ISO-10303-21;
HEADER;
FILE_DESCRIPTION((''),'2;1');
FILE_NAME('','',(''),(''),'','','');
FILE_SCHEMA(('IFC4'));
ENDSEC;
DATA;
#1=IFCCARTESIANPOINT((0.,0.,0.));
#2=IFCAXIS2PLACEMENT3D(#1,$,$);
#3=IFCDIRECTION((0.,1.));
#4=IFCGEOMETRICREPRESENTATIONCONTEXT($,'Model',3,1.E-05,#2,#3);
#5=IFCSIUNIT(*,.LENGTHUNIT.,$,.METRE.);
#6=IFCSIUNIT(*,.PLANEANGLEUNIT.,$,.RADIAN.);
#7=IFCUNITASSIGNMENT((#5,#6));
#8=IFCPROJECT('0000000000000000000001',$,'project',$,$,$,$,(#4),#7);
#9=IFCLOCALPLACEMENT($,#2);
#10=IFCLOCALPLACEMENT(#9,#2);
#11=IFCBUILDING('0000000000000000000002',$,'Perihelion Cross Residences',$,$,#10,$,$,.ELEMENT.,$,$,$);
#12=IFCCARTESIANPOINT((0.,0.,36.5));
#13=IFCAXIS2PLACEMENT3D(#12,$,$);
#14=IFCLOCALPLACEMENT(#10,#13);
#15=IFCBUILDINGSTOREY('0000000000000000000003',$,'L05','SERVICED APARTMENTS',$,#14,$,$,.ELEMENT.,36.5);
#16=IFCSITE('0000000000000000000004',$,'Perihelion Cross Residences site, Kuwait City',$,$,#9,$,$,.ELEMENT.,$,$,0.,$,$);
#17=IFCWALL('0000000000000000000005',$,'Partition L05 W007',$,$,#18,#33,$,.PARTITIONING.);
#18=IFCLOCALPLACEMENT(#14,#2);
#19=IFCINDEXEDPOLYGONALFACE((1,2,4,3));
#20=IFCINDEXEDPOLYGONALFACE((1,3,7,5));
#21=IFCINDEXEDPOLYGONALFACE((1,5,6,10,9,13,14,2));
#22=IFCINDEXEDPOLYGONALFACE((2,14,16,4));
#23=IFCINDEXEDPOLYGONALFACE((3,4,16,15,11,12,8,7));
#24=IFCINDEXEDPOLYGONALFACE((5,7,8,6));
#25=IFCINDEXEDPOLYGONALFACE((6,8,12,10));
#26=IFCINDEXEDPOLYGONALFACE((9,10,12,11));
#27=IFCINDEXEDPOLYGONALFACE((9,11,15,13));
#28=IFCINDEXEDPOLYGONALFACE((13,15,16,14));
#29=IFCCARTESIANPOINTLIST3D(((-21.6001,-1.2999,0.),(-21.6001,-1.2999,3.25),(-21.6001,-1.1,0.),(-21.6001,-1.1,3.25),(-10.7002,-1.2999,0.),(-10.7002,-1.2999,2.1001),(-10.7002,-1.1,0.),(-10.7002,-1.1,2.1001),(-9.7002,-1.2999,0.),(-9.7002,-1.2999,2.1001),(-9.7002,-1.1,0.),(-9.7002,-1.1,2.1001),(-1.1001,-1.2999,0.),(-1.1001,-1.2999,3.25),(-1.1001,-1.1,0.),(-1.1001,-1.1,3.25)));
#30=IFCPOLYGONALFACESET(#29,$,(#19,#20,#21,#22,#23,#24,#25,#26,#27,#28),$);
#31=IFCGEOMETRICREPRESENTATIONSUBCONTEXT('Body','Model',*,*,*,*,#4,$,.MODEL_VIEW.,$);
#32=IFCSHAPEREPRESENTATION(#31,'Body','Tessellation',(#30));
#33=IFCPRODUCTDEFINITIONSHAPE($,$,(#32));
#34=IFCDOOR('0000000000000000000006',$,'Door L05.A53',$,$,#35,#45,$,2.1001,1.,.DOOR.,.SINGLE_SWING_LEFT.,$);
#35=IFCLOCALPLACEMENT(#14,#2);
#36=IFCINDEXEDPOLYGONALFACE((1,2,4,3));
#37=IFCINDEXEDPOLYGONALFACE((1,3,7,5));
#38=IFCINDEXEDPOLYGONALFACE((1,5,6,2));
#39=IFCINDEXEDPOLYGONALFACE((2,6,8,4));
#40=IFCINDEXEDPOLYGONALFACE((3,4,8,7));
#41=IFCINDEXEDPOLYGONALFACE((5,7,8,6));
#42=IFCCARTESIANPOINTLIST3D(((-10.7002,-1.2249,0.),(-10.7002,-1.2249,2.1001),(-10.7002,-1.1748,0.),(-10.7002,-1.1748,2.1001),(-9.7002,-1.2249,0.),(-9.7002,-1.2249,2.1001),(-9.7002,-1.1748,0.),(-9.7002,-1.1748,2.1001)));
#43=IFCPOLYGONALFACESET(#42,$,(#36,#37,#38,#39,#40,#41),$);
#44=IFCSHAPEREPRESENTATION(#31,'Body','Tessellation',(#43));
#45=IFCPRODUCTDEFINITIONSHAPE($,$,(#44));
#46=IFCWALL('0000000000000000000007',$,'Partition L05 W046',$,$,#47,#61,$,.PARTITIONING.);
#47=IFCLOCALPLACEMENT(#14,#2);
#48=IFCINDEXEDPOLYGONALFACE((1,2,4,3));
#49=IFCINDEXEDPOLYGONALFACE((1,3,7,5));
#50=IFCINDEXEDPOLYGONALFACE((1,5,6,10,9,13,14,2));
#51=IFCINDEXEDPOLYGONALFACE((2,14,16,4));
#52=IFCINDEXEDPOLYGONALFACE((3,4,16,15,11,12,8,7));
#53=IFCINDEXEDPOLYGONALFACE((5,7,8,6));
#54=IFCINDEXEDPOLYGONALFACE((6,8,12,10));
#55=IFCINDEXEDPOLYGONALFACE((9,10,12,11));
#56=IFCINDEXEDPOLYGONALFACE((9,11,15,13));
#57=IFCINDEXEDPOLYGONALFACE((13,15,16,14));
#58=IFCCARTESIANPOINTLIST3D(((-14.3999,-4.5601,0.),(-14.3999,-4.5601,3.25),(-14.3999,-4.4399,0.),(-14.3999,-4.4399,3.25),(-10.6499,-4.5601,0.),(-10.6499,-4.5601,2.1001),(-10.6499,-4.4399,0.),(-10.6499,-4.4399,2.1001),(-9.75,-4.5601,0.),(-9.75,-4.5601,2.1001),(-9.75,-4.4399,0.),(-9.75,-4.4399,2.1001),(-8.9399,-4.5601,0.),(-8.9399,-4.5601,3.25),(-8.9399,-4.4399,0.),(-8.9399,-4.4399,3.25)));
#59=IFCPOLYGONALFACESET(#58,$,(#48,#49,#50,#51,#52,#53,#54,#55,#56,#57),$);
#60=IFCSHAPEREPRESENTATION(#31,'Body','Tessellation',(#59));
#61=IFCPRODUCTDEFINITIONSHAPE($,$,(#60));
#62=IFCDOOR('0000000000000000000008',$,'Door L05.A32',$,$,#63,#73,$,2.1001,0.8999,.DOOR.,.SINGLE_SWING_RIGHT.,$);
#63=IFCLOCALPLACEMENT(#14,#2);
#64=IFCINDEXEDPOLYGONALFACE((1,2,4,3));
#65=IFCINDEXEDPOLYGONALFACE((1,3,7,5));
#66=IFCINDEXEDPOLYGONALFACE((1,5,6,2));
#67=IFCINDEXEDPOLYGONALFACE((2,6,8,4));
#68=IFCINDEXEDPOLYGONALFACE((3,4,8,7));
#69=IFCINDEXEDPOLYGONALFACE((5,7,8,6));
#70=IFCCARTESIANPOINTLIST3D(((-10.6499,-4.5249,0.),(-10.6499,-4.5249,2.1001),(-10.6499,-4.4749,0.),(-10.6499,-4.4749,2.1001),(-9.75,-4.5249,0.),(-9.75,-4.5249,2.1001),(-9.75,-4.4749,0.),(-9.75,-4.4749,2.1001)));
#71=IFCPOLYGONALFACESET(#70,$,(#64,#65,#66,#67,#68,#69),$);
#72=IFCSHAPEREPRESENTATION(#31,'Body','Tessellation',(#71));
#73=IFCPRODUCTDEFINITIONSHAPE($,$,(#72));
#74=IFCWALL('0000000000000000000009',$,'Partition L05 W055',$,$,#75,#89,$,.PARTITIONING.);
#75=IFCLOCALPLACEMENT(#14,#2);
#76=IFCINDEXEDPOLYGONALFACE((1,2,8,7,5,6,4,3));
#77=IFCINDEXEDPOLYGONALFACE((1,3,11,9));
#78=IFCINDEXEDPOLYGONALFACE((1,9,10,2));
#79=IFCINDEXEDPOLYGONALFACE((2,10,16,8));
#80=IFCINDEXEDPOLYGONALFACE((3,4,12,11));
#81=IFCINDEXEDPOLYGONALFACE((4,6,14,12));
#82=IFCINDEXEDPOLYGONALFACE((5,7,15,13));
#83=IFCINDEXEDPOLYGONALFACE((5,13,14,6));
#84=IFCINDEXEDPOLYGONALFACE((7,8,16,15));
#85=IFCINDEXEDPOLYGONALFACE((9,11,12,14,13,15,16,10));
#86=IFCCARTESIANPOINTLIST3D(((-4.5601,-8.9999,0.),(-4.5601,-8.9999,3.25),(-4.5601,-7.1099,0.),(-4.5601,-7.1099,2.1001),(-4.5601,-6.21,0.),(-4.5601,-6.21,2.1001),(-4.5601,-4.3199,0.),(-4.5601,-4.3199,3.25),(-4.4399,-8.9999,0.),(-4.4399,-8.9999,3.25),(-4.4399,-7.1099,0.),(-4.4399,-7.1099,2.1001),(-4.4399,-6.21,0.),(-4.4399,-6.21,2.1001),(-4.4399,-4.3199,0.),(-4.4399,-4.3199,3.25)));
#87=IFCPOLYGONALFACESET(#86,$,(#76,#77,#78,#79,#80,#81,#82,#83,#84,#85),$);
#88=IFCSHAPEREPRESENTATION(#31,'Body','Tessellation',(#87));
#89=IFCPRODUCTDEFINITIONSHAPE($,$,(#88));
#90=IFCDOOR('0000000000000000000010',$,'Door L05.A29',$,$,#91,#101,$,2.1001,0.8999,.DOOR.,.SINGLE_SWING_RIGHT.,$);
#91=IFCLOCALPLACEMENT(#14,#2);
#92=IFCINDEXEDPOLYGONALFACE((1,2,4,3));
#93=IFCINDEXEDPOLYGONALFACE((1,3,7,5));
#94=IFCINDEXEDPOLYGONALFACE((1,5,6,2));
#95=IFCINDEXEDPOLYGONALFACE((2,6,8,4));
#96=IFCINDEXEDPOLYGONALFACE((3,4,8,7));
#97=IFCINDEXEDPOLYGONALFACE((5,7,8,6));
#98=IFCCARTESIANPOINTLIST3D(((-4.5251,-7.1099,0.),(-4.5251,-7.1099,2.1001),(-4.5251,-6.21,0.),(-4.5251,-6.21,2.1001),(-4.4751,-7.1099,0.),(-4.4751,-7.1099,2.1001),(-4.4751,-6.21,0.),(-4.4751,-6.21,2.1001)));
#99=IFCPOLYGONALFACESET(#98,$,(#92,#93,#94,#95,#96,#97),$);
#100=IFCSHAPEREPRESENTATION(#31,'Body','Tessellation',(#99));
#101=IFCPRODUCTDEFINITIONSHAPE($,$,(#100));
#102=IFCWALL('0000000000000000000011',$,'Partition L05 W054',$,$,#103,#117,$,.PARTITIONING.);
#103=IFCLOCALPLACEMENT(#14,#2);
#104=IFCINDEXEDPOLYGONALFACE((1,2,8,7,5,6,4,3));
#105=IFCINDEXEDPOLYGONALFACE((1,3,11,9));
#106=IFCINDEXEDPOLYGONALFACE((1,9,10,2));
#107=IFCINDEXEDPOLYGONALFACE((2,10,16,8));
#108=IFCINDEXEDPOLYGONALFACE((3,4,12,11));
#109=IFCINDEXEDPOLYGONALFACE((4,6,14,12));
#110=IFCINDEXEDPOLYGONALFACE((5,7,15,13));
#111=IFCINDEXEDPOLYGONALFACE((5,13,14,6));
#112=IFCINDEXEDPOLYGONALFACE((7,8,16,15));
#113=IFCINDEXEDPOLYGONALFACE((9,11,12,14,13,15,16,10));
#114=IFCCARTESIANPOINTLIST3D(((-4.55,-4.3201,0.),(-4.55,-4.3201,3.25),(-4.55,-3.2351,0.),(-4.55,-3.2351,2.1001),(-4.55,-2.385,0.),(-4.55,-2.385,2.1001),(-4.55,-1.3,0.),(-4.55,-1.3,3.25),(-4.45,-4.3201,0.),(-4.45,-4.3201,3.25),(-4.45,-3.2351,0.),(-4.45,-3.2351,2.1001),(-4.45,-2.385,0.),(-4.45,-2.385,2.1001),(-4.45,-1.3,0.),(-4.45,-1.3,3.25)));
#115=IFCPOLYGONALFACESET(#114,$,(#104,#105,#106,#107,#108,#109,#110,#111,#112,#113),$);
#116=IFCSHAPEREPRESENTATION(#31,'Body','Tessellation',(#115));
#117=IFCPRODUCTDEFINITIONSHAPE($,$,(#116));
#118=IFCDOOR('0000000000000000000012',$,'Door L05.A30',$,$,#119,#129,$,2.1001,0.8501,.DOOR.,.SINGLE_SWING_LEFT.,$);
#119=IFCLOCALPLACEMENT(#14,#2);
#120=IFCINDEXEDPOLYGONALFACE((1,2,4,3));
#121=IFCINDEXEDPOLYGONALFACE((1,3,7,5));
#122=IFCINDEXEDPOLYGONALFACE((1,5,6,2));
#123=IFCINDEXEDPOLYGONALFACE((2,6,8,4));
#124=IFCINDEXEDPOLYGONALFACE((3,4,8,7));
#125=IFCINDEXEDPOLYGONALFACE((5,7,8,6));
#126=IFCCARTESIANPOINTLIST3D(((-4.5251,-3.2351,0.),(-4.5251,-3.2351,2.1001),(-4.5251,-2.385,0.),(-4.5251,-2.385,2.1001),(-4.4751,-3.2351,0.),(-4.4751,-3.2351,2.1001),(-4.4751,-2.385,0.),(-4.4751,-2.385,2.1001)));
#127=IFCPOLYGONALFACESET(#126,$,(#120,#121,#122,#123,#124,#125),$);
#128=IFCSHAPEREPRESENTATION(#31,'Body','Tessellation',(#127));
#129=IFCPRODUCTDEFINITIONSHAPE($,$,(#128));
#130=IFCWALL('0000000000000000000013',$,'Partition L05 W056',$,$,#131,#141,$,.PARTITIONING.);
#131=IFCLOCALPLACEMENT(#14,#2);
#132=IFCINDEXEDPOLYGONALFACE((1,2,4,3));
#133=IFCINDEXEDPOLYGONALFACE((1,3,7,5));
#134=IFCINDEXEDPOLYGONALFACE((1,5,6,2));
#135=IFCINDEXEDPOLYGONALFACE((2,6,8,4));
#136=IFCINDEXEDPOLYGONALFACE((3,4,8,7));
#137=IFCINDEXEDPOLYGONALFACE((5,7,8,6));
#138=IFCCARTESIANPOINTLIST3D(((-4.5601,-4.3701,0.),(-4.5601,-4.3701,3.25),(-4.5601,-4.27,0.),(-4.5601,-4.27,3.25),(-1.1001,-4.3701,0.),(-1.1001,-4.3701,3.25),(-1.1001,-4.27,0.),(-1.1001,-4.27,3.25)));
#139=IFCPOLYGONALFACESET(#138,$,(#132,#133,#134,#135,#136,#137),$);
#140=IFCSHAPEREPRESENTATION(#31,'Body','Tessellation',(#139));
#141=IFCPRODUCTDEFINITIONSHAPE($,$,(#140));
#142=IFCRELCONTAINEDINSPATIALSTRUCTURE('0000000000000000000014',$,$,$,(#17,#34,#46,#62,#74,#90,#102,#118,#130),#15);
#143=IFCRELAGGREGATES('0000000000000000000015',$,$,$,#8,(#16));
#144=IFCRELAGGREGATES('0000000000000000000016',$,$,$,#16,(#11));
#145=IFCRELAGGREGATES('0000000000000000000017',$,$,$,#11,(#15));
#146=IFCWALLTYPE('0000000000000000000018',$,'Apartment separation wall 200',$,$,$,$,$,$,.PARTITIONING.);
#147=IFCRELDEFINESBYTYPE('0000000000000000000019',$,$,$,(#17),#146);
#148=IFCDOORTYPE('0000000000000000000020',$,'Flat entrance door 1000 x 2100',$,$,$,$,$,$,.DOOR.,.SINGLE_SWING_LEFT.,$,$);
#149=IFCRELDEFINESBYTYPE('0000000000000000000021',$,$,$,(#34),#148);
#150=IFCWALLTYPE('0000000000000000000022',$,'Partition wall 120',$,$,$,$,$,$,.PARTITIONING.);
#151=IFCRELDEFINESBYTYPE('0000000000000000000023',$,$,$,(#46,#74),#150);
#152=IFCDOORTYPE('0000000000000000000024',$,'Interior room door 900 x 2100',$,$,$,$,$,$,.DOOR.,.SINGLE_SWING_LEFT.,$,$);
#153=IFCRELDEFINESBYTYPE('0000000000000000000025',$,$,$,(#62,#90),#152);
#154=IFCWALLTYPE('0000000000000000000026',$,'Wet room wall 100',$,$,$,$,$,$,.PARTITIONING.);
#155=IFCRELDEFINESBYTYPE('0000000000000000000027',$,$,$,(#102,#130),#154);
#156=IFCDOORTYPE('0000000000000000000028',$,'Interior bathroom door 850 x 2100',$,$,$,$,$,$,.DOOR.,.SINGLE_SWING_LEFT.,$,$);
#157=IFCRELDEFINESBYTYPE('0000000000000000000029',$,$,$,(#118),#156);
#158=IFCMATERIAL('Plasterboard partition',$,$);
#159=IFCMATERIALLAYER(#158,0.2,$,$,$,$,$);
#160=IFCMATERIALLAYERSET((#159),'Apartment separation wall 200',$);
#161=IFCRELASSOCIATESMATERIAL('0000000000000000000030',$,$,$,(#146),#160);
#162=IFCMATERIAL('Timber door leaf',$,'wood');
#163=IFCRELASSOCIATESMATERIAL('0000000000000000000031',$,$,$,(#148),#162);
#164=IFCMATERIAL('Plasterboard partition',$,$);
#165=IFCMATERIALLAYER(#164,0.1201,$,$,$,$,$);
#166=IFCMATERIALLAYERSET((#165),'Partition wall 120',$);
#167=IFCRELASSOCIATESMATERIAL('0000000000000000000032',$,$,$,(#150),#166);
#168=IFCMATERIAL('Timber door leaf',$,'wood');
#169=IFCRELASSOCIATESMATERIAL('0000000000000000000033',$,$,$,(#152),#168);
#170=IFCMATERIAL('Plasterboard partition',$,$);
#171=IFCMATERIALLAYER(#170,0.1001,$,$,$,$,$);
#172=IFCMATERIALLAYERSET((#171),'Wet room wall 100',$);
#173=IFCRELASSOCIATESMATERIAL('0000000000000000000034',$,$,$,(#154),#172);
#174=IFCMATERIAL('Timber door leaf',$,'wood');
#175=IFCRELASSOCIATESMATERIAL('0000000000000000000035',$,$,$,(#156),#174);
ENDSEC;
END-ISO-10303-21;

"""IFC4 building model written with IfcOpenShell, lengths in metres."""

from ifc_helpers import new_model, si_unit, direction, frame, frame_2d, origin, place, context, subcontext, project, spatial, rectangle, extrude, material, layer, layer_set, type_object, element, fill, save


model = new_model("IFC4")

# Units and contexts
model_context = context("Model", 3, precision=1e-05, world=origin(), true_north=direction((0.0, 1.0)))
body_context = subcontext(model_context, "Body", "Model", "MODEL_VIEW")
ifc_project = project(units=[si_unit("LENGTHUNIT", "METRE"), si_unit("PLANEANGLEUNIT", "RADIAN")], contexts=[model_context])

# Site, building, storey
site_placement = place(None, origin())
site = spatial("IfcSite", under=ifc_project, at=site_placement, Name="Perihelion Cross Residences site, Kuwait City", CompositionType="ELEMENT", RefElevation=0.0)
building_placement = place(site_placement, origin())
building = spatial("IfcBuilding", under=site, at=building_placement, Name="Perihelion Cross Residences", CompositionType="ELEMENT")
storey_placement = place(building_placement, frame((0.0, 0.0, 36.5)))
storey = spatial("IfcBuildingStorey", under=building, at=storey_placement, Name="L05", Description="SERVICED APARTMENTS", CompositionType="ELEMENT", Elevation=36.5)

# Walls, openings, doors
ifc_material_1 = material(Name="Plasterboard partition")
ifc_layer_1 = layer(ifc_material_1, 0.2)
ifc_layer_set_1 = layer_set([ifc_layer_1], Name="Apartment separation wall 200")
wall_type_1 = type_object("IfcWallType", Name="Apartment separation wall 200", PredefinedType="PARTITIONING", material=ifc_layer_set_1)
wall_1_placement = place(storey_placement, frame((-1.1001, -1.2, 0.0), z_axis=(0.0, 0.0, 1.0), x_axis=(-1.0, 0.0, 0.0)))
wall_1 = element("IfcWall", 1, at=wall_1_placement, inside=storey, type_object=wall_type_1, Name="Partition L05 W007", PredefinedType="PARTITIONING", context=body_context, shape_type="SweptSolid", body=[
    extrude(rectangle(XDim=20.5, YDim=0.2, at=frame_2d((10.25, 0.0))), origin(), (0.0, 0.0, 1.0), 3.25),
])
opening_1_placement = place(wall_1_placement, frame((8.6001, 0.0, 0.0)))
opening_1 = element("IfcOpeningElement", 2, at=opening_1_placement, cuts=wall_1, PredefinedType="OPENING", context=body_context, shape_type="SweptSolid", body=[
    extrude(rectangle(XDim=1.0, YDim=2.1001, at=frame_2d((0.5, 1.05))), frame((0.0, 0.1099, 0.0), z_axis=(0.0, -1.0, 0.0), x_axis=(1.0, 0.0, 0.0)), (0.0, 0.0, 1.0), 0.22),
])
ifc_material_2 = material(Name="Timber door leaf", Category="wood")
door_type_1 = type_object("IfcDoorType", Name="Flat entrance door 1000 x 2100", OperationType="SINGLE_SWING_LEFT", PredefinedType="DOOR", material=ifc_material_2)
door_1_placement = place(opening_1_placement, origin())
door_1 = element("IfcDoor", 3, at=door_1_placement, inside=storey, type_object=door_type_1, Name="Door L05.A53", OperationType="SINGLE_SWING_LEFT", OverallHeight=2.1001, OverallWidth=1.0, PredefinedType="DOOR", context=body_context, shape_type="SweptSolid", body=[
    extrude(rectangle(XDim=1.0, YDim=2.1001, at=frame_2d((0.5, 1.05))), frame((0.0, 0.0249, 0.0), z_axis=(0.0, -1.0, 0.0), x_axis=(1.0, 0.0, 0.0)), (0.0, 0.0, 1.0), 0.05),
])
fill(opening_1, door_1)
ifc_material_3 = material(Name="Plasterboard partition")
ifc_layer_2 = layer(ifc_material_3, 0.1201)
ifc_layer_set_2 = layer_set([ifc_layer_2], Name="Partition wall 120")
wall_type_2 = type_object("IfcWallType", Name="Partition wall 120", PredefinedType="PARTITIONING", material=ifc_layer_set_2)
wall_2_placement = place(storey_placement, frame((-8.9399, -4.5, 0.0), z_axis=(0.0, 0.0, 1.0), x_axis=(-1.0, 0.0, 0.0)))
wall_2 = element("IfcWall", 4, at=wall_2_placement, inside=storey, type_object=wall_type_2, Name="Partition L05 W046", PredefinedType="PARTITIONING", context=body_context, shape_type="SweptSolid", body=[
    extrude(rectangle(XDim=5.46, YDim=0.1201, at=frame_2d((2.73, 0.0))), origin(), (0.0, 0.0, 1.0), 3.25),
])
opening_2_placement = place(wall_2_placement, frame((0.8101, 0.0, 0.0)))
opening_2 = element("IfcOpeningElement", 5, at=opening_2_placement, cuts=wall_2, PredefinedType="OPENING", context=body_context, shape_type="SweptSolid", body=[
    extrude(rectangle(XDim=0.8999, YDim=2.1001, at=frame_2d((0.45, 1.05))), frame((0.0, 0.0701, 0.0), z_axis=(0.0, -1.0, 0.0), x_axis=(1.0, 0.0, 0.0)), (0.0, 0.0, 1.0), 0.1401),
])
ifc_material_4 = material(Name="Timber door leaf", Category="wood")
door_type_2 = type_object("IfcDoorType", Name="Interior room door 900 x 2100", OperationType="SINGLE_SWING_LEFT", PredefinedType="DOOR", material=ifc_material_4)
door_2_placement = place(opening_2_placement, origin())
door_2 = element("IfcDoor", 6, at=door_2_placement, inside=storey, type_object=door_type_2, Name="Door L05.A32", OperationType="SINGLE_SWING_RIGHT", OverallHeight=2.1001, OverallWidth=0.8999, PredefinedType="DOOR", context=body_context, shape_type="SweptSolid", body=[
    extrude(rectangle(XDim=0.8999, YDim=2.1001, at=frame_2d((0.45, 1.05))), frame((0.0, 0.0249, 0.0), z_axis=(0.0, -1.0, 0.0), x_axis=(1.0, 0.0, 0.0)), (0.0, 0.0, 1.0), 0.05),
])
fill(opening_2, door_2)
wall_3_placement = place(storey_placement, frame((-4.5, -4.3201, 0.0), z_axis=(0.0, 0.0, 1.0), x_axis=(0.0, -1.0, 0.0)))
wall_3 = element("IfcWall", 7, at=wall_3_placement, inside=storey, type_object=wall_type_2, Name="Partition L05 W055", PredefinedType="PARTITIONING", context=body_context, shape_type="SweptSolid", body=[
    extrude(rectangle(XDim=4.6799, YDim=0.1201, at=frame_2d((2.3398, 0.0))), origin(), (0.0, 0.0, 1.0), 3.25),
])
opening_3_placement = place(wall_3_placement, frame((1.8899, 0.0, 0.0)))
opening_3 = element("IfcOpeningElement", 8, at=opening_3_placement, cuts=wall_3, PredefinedType="OPENING", context=body_context, shape_type="SweptSolid", body=[
    extrude(rectangle(XDim=0.8999, YDim=2.1001, at=frame_2d((0.45, 1.05))), frame((0.0, 0.0701, 0.0), z_axis=(0.0, -1.0, 0.0), x_axis=(1.0, 0.0, 0.0)), (0.0, 0.0, 1.0), 0.1401),
])
door_3_placement = place(opening_3_placement, origin())
door_3 = element("IfcDoor", 9, at=door_3_placement, inside=storey, type_object=door_type_2, Name="Door L05.A29", OperationType="SINGLE_SWING_RIGHT", OverallHeight=2.1001, OverallWidth=0.8999, PredefinedType="DOOR", context=body_context, shape_type="SweptSolid", body=[
    extrude(rectangle(XDim=0.8999, YDim=2.1001, at=frame_2d((0.45, 1.05))), frame((0.0, 0.0249, 0.0), z_axis=(0.0, -1.0, 0.0), x_axis=(1.0, 0.0, 0.0)), (0.0, 0.0, 1.0), 0.05),
])
fill(opening_3, door_3)
ifc_material_5 = material(Name="Plasterboard partition")
ifc_layer_3 = layer(ifc_material_5, 0.1001)
ifc_layer_set_3 = layer_set([ifc_layer_3], Name="Wet room wall 100")
wall_type_3 = type_object("IfcWallType", Name="Wet room wall 100", PredefinedType="PARTITIONING", material=ifc_layer_set_3)
wall_4_placement = place(storey_placement, frame((-4.5, -1.3, 0.0), z_axis=(0.0, 0.0, 1.0), x_axis=(0.0, -1.0, 0.0)))
wall_4 = element("IfcWall", 10, at=wall_4_placement, inside=storey, type_object=wall_type_3, Name="Partition L05 W054", PredefinedType="PARTITIONING", context=body_context, shape_type="SweptSolid", body=[
    extrude(rectangle(XDim=3.02, YDim=0.1001, at=frame_2d((1.51, 0.0))), origin(), (0.0, 0.0, 1.0), 3.25),
])
opening_4_placement = place(wall_4_placement, frame((1.085, 0.0, 0.0)))
opening_4 = element("IfcOpeningElement", 11, at=opening_4_placement, cuts=wall_4, PredefinedType="OPENING", context=body_context, shape_type="SweptSolid", body=[
    extrude(rectangle(XDim=0.8501, YDim=2.1001, at=frame_2d((0.425, 1.05))), frame((0.0, 0.0601, 0.0), z_axis=(0.0, -1.0, 0.0), x_axis=(1.0, 0.0, 0.0)), (0.0, 0.0, 1.0), 0.1201),
])
ifc_material_6 = material(Name="Timber door leaf", Category="wood")
door_type_3 = type_object("IfcDoorType", Name="Interior bathroom door 850 x 2100", OperationType="SINGLE_SWING_LEFT", PredefinedType="DOOR", material=ifc_material_6)
door_4_placement = place(opening_4_placement, origin())
door_4 = element("IfcDoor", 12, at=door_4_placement, inside=storey, type_object=door_type_3, Name="Door L05.A30", OperationType="SINGLE_SWING_LEFT", OverallHeight=2.1001, OverallWidth=0.8501, PredefinedType="DOOR", context=body_context, shape_type="SweptSolid", body=[
    extrude(rectangle(XDim=0.8501, YDim=2.1001, at=frame_2d((0.425, 1.05))), frame((0.0, 0.0249, 0.0), z_axis=(0.0, -1.0, 0.0), x_axis=(1.0, 0.0, 0.0)), (0.0, 0.0, 1.0), 0.05),
])
fill(opening_4, door_4)

# Wall
wall_5_placement = place(storey_placement, frame((-1.1001, -4.3201, 0.0), z_axis=(0.0, 0.0, 1.0), x_axis=(-1.0, 0.0, 0.0)))
element("IfcWall", 13, at=wall_5_placement, inside=storey, type_object=wall_type_3, Name="Partition L05 W056", PredefinedType="PARTITIONING", context=body_context, shape_type="SweptSolid", body=[
    extrude(rectangle(XDim=3.46, YDim=0.1001, at=frame_2d((1.73, 0.0))), origin(), (0.0, 0.0, 1.0), 3.25),
])

save(model, "model.ifc")
